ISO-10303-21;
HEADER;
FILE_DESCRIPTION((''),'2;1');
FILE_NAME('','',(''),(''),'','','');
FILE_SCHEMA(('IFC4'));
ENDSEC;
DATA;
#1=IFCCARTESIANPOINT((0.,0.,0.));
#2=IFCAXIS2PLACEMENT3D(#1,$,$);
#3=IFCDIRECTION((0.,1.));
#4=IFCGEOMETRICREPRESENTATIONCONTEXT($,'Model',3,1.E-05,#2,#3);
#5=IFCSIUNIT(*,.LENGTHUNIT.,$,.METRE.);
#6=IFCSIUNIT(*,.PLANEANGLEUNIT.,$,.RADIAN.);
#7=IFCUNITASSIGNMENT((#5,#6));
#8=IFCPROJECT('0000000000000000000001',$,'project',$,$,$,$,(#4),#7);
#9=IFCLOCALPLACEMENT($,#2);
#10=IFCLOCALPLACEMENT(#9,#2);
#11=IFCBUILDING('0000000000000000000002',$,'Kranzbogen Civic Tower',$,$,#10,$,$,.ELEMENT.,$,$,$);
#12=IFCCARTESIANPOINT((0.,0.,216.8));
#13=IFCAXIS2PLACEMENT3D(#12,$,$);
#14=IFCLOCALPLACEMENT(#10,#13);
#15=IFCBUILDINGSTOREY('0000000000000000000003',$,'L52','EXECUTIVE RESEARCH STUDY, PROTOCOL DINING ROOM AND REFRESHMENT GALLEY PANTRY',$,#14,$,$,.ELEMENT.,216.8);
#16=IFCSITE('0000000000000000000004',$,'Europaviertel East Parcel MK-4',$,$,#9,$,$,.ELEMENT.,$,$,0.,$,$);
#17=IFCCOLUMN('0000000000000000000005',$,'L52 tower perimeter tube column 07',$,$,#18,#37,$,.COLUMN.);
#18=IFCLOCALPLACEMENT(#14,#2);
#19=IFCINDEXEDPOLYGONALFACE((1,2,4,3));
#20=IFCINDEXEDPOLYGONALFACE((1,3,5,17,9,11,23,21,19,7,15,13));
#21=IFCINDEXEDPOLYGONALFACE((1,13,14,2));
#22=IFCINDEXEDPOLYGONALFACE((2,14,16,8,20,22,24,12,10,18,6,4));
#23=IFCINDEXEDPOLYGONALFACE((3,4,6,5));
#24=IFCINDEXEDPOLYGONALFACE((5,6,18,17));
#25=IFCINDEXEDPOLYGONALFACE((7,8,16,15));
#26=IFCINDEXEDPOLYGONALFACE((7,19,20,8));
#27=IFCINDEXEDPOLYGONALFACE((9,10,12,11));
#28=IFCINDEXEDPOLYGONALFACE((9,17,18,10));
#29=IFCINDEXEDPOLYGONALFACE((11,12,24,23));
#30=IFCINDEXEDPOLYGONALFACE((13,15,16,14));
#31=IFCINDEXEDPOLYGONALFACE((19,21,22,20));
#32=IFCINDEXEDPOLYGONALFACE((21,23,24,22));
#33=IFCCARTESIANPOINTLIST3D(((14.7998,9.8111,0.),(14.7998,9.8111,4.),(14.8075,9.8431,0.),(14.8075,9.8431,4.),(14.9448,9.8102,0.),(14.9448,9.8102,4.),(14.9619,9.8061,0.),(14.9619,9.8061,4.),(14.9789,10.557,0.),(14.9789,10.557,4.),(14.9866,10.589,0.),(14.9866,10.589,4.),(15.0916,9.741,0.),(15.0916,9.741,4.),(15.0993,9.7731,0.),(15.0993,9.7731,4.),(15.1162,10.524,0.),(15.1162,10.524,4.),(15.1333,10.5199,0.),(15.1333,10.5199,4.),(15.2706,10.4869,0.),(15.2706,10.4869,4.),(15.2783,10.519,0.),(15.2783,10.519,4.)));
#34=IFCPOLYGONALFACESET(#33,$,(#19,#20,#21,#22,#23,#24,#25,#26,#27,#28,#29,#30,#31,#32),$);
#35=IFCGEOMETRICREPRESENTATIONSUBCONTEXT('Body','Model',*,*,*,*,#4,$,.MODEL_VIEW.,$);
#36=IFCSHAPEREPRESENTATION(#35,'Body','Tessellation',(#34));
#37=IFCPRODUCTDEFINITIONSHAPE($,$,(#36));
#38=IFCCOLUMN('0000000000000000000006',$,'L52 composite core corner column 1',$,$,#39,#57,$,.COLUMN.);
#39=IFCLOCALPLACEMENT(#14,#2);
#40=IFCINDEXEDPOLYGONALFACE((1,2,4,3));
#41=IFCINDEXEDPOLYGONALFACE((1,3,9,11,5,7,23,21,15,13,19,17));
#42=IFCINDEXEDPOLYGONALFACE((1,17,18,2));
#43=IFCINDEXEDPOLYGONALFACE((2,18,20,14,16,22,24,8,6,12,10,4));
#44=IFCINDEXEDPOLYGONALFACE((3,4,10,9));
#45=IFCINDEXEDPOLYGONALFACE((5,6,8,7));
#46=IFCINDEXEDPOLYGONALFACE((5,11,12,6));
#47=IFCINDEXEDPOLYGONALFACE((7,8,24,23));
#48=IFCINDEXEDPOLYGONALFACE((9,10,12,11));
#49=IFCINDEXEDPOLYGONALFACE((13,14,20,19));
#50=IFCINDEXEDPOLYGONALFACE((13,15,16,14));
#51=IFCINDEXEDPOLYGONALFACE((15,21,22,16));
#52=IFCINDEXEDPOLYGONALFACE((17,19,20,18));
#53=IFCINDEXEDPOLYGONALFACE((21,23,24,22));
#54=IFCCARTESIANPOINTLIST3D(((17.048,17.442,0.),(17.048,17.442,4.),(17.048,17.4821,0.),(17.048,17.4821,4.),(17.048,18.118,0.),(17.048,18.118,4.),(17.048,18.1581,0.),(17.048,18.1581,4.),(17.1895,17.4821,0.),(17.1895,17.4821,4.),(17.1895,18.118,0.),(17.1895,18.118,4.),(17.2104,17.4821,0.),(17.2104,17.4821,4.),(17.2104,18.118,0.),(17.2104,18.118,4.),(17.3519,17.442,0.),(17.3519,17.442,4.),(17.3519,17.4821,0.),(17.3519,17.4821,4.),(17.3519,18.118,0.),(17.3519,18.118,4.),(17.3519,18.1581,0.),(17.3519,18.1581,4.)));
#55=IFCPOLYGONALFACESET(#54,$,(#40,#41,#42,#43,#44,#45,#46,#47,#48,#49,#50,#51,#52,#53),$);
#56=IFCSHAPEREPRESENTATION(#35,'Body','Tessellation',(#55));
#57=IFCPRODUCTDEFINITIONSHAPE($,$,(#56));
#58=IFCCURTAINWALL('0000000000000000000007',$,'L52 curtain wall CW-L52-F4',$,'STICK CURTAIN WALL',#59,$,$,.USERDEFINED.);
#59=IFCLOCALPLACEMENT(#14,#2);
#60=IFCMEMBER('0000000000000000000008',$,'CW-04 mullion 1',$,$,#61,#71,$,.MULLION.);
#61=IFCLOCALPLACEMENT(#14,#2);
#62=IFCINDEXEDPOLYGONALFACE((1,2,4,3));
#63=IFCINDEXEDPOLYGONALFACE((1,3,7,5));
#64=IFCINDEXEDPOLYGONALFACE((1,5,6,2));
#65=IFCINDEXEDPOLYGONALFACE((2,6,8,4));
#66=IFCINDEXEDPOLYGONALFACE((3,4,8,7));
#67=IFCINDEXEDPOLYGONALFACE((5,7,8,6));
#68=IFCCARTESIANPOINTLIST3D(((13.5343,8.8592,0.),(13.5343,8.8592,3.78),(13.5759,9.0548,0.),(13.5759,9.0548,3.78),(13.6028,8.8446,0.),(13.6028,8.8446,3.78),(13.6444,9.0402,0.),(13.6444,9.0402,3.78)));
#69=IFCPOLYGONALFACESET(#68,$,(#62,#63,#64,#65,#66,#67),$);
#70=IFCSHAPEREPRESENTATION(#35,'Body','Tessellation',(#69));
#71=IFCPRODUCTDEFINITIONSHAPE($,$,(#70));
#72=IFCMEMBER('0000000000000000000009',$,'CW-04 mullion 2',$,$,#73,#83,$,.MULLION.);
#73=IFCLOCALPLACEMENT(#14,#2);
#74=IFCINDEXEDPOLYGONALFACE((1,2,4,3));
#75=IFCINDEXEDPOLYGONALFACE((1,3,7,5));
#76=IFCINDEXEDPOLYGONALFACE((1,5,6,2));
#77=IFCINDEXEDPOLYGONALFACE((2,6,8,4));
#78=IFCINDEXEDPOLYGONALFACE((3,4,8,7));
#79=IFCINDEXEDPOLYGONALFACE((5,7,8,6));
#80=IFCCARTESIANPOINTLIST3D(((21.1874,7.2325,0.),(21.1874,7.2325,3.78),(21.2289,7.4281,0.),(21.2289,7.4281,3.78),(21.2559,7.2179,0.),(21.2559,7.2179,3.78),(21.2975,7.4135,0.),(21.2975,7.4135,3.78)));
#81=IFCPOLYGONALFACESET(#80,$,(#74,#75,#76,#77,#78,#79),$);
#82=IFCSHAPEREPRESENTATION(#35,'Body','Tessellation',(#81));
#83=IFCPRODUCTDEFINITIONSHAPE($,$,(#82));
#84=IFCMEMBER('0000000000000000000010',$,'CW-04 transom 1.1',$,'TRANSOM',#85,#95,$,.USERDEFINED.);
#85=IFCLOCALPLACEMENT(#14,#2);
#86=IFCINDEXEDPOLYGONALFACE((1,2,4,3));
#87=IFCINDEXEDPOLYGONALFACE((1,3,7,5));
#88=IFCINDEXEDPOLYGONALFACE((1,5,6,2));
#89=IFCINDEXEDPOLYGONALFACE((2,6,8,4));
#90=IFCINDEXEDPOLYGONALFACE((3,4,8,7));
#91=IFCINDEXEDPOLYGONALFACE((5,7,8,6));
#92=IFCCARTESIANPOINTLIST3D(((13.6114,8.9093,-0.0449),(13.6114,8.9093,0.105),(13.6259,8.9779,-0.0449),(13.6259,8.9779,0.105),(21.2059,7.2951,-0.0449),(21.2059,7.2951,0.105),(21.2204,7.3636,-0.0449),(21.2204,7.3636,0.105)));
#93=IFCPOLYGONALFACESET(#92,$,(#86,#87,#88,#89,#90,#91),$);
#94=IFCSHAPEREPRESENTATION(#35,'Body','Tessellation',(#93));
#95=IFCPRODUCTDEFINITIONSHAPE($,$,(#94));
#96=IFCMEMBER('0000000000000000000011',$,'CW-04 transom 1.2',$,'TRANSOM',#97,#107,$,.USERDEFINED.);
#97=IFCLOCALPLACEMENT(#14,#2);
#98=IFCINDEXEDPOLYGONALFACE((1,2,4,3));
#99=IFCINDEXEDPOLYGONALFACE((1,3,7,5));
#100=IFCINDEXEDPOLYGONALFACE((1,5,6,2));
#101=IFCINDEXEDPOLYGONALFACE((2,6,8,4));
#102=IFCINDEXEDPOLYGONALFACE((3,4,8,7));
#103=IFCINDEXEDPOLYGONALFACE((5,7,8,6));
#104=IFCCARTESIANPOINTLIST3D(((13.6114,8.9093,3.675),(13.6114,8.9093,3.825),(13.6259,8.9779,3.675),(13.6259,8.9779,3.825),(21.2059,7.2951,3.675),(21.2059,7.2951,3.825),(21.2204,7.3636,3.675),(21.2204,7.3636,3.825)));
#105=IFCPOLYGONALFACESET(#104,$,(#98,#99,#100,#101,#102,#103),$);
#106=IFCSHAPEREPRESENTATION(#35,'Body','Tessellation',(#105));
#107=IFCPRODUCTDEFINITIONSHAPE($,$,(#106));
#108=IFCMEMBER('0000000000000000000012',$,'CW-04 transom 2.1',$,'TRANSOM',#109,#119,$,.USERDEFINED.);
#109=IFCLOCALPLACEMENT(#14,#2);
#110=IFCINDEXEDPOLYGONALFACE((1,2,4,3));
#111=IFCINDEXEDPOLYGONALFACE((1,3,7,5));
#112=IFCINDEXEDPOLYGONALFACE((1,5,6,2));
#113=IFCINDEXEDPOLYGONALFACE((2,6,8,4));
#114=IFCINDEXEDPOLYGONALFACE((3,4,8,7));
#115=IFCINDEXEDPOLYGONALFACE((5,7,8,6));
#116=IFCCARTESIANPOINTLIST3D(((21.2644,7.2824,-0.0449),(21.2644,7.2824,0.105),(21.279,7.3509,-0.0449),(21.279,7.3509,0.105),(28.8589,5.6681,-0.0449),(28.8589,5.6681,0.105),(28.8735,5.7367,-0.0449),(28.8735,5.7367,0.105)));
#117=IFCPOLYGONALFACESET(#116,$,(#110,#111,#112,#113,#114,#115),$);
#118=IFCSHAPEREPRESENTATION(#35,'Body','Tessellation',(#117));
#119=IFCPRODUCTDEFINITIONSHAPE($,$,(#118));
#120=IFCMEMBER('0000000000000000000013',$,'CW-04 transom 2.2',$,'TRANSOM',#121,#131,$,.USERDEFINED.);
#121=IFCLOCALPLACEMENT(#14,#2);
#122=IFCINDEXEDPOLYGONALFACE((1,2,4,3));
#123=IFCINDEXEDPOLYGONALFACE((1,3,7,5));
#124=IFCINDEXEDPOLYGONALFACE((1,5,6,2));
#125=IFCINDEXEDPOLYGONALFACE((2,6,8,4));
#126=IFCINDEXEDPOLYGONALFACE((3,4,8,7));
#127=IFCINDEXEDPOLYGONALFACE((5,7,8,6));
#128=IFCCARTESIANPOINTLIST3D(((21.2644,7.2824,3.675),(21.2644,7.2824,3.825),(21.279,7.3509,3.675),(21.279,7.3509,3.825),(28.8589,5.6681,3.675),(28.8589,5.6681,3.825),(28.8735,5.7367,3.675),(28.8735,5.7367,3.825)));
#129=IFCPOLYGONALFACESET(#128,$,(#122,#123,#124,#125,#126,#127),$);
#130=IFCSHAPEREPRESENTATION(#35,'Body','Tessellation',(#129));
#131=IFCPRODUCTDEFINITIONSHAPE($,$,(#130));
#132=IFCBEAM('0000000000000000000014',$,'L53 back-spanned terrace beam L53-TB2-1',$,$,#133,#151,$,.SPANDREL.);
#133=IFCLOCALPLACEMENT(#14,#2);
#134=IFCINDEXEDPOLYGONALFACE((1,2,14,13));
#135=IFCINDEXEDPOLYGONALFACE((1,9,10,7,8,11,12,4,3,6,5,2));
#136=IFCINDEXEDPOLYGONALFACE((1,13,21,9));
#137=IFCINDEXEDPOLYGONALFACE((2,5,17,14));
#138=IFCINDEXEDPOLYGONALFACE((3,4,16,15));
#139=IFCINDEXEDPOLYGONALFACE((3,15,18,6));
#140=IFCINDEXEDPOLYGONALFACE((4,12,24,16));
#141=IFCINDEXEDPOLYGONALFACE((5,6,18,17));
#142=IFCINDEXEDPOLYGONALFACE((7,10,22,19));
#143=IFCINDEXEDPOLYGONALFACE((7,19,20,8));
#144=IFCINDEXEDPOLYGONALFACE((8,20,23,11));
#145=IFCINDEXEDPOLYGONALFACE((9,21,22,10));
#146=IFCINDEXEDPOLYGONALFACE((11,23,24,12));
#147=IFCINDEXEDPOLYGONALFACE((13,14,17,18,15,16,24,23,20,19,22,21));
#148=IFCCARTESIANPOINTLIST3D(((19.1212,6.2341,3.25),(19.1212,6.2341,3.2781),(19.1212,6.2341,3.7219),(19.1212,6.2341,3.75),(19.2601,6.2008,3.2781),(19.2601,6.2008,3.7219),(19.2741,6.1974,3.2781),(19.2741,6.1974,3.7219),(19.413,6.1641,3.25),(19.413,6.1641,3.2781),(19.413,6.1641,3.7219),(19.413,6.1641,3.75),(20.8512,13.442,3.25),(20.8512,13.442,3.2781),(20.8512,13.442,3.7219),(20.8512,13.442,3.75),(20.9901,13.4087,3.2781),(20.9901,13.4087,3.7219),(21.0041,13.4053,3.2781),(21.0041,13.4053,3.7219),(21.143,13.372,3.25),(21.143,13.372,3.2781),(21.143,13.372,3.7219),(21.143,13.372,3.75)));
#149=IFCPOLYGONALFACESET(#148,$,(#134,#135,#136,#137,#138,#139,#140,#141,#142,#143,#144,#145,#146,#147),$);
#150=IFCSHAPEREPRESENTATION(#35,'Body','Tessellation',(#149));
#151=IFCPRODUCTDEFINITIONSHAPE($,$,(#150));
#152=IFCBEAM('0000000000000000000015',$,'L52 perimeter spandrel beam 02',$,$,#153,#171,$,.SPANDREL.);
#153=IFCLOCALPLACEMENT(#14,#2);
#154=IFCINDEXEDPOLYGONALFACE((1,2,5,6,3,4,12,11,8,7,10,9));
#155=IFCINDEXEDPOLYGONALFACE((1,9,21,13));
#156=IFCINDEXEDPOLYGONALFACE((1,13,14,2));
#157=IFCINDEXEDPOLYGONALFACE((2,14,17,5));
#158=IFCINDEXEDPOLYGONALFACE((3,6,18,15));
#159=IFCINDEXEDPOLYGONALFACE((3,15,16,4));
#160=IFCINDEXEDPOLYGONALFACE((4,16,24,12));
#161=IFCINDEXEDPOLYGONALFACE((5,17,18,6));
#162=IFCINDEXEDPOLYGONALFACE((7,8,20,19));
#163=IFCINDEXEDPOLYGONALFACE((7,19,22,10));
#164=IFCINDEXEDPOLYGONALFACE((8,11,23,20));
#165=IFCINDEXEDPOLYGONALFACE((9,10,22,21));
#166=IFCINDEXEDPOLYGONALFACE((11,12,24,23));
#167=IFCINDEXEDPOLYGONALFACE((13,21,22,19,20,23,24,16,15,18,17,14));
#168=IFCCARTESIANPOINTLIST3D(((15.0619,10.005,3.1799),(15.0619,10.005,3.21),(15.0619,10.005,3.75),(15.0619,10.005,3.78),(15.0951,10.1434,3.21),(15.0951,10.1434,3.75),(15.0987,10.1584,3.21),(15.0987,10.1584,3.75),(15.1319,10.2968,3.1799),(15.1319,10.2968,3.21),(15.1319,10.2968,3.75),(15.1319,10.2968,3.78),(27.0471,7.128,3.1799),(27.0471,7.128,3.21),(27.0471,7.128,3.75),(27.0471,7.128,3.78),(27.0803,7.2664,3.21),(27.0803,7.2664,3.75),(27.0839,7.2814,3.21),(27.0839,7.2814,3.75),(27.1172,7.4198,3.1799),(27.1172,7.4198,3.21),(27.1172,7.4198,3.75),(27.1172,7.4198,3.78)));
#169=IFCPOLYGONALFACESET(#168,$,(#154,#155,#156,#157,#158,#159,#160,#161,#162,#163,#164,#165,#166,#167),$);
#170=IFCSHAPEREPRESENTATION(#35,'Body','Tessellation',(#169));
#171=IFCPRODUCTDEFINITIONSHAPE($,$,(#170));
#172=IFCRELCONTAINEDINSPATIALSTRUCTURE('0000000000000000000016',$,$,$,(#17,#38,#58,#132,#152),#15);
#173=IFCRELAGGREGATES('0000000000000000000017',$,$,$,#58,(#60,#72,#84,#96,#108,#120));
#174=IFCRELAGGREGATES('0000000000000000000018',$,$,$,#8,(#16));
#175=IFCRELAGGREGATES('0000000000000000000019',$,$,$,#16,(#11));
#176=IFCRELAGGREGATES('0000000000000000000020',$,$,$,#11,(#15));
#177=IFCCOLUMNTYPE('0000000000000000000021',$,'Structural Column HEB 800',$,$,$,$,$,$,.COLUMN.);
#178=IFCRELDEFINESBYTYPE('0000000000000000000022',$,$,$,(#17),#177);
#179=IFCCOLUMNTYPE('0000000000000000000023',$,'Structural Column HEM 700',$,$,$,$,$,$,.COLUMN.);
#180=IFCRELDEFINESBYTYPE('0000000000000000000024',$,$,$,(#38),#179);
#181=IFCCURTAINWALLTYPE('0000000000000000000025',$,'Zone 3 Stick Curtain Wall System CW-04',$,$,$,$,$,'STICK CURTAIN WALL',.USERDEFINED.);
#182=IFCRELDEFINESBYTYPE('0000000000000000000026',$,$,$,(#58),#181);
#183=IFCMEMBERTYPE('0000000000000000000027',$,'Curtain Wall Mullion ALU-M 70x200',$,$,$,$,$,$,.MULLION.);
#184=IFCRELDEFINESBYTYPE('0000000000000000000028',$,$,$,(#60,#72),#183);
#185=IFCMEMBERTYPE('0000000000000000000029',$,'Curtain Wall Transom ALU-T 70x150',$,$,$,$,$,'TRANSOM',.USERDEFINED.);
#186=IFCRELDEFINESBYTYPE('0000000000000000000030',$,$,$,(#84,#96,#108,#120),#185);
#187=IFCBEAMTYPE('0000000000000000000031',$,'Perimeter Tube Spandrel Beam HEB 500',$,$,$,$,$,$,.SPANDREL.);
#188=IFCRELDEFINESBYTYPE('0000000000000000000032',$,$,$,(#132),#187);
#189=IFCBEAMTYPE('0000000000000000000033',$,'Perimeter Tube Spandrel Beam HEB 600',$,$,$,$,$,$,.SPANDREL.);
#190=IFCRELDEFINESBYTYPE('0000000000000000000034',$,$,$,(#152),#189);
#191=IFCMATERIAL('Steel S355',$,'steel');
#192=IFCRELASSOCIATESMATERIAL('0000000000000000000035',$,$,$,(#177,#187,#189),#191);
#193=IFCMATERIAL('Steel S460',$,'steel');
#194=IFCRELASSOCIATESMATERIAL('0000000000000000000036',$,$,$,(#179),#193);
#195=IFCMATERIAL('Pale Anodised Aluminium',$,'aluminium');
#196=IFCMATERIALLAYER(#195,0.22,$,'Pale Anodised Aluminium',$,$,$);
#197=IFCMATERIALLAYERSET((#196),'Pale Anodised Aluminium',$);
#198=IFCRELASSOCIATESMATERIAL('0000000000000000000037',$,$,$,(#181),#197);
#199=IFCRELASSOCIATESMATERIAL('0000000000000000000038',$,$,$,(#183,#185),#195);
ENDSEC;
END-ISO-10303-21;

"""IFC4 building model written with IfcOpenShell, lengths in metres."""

from ifc_helpers import new_model, si_unit, direction, frame, origin, origin_2d, place, context, subcontext, project, spatial, rectangle, i_section, extrude, material, layer, layer_set, material_profile, profile_set, type_object, element, aggregate, save


model = new_model("IFC4")

# Units and contexts
model_context = context("Model", 3, precision=1e-05, world=origin(), true_north=direction((0.0, 1.0)))
body_context = subcontext(model_context, "Body", "Model", "MODEL_VIEW")
ifc_project = project(units=[si_unit("LENGTHUNIT", "METRE"), si_unit("PLANEANGLEUNIT", "RADIAN")], contexts=[model_context])

# Site, building, storey
site_placement = place(None, origin())
site = spatial("IfcSite", under=ifc_project, at=site_placement, Name="Europaviertel East Parcel MK-4", CompositionType="ELEMENT", RefElevation=0.0)
building_placement = place(site_placement, origin())
building = spatial("IfcBuilding", under=site, at=building_placement, Name="Kranzbogen Civic Tower", CompositionType="ELEMENT")
storey_placement = place(building_placement, frame((0.0, 0.0, 216.8)))
storey = spatial("IfcBuildingStorey", under=building, at=storey_placement, Name="L52", Description="EXECUTIVE RESEARCH STUDY, PROTOCOL DINING ROOM AND REFRESHMENT GALLEY PANTRY", CompositionType="ELEMENT", Elevation=216.8)

# Columns
ifc_material_1 = material(Name="Steel S355", Category="steel")
ifc_material_profile_1 = material_profile(ifc_material_1, i_section(OverallWidth=0.3, OverallDepth=0.8, WebThickness=0.0176, FlangeThickness=0.033, at=origin_2d()), Name="HEB 800")
ifc_profile_set_1 = profile_set([ifc_material_profile_1], Name="Steel S355")
column_type_1 = type_object("IfcColumnType", Name="Structural Column HEB 800", PredefinedType="COLUMN", material=ifc_profile_set_1)
column_1_placement = place(storey_placement, frame((15.0391, 10.165, 0.0), z_axis=(0.0, 0.0, 1.0), x_axis=(-0.97237, 0.233445, 0.0)))
element("IfcColumn", 1, at=column_1_placement, inside=storey, type_object=column_type_1, Name="L52 tower perimeter tube column 07", PredefinedType="COLUMN", context=body_context, shape_type="SweptSolid", body=[
    extrude(i_section(OverallWidth=0.3, OverallDepth=0.8, WebThickness=0.0176, FlangeThickness=0.033, at=origin_2d()), origin(), (0.0, 0.0, 1.0), 4.0),
])
ifc_material_2 = material(Name="Steel S460", Category="steel")
ifc_material_profile_2 = material_profile(ifc_material_2, i_section(OverallWidth=0.304, OverallDepth=0.7161, WebThickness=0.021, FlangeThickness=0.04, at=origin_2d()), Name="HEM 700")
ifc_profile_set_2 = profile_set([ifc_material_profile_2], Name="Steel S460")
column_type_2 = type_object("IfcColumnType", Name="Structural Column HEM 700", PredefinedType="COLUMN", material=ifc_profile_set_2)
column_2_placement = place(storey_placement, frame((17.2, 17.8, 0.0), z_axis=(0.0, 0.0, 1.0), x_axis=(1.0, 0.0, 0.0)))
element("IfcColumn", 2, at=column_2_placement, inside=storey, type_object=column_type_2, Name="L52 composite core corner column 1", PredefinedType="COLUMN", context=body_context, shape_type="SweptSolid", body=[
    extrude(i_section(OverallWidth=0.304, OverallDepth=0.7161, WebThickness=0.021, FlangeThickness=0.04, at=origin_2d()), origin(), (0.0, 0.0, 1.0), 4.0),
])

# Curtain wall, members
ifc_material_3 = material(Name="Pale Anodised Aluminium", Category="aluminium")
ifc_layer_1 = layer(ifc_material_3, 0.22, Name="Pale Anodised Aluminium")
ifc_layer_set_1 = layer_set([ifc_layer_1], Name="Pale Anodised Aluminium")
curtain_wall_type = type_object("IfcCurtainWallType", Name="Zone 3 Stick Curtain Wall System CW-04", ElementType="STICK CURTAIN WALL", PredefinedType="USERDEFINED", material=ifc_layer_set_1)
curtain_wall_placement = place(storey_placement, origin())
curtain_wall = element("IfcCurtainWall", 3, at=curtain_wall_placement, inside=storey, type_object=curtain_wall_type, Name="L52 curtain wall CW-L52-F4", ObjectType="STICK CURTAIN WALL", PredefinedType="USERDEFINED")
ifc_material_profile_3 = material_profile(ifc_material_3, rectangle(XDim=0.0701, YDim=0.2, at=origin_2d()), Name="ALU-M 70x200")
ifc_profile_set_3 = profile_set([ifc_material_profile_3], Name="Pale Anodised Aluminium")
member_type_1 = type_object("IfcMemberType", Name="Curtain Wall Mullion ALU-M 70x200", PredefinedType="MULLION", material=ifc_profile_set_3)
member_1_placement = place(storey_placement, frame((13.5894, 8.9497, 0.0), z_axis=(0.0, 0.0, 1.0), x_axis=(0.978147, -0.207916, 0.0)))
member_1 = element("IfcMember", 4, at=member_1_placement, type_object=member_type_1, Name="CW-04 mullion 1", PredefinedType="MULLION", context=body_context, shape_type="SweptSolid", body=[
    extrude(rectangle(XDim=0.0701, YDim=0.2, at=origin_2d()), origin(), (0.0, 0.0, 1.0), 3.78),
])
member_2_placement = place(storey_placement, frame((21.2424, 7.323, 0.0), z_axis=(0.0, 0.0, 1.0), x_axis=(0.978147, -0.207916, 0.0)))
member_2 = element("IfcMember", 5, at=member_2_placement, type_object=member_type_1, Name="CW-04 mullion 2", PredefinedType="MULLION", context=body_context, shape_type="SweptSolid", body=[
    extrude(rectangle(XDim=0.0701, YDim=0.2, at=origin_2d()), origin(), (0.0, 0.0, 1.0), 3.78),
])
ifc_material_profile_4 = material_profile(ifc_material_3, rectangle(XDim=0.0701, YDim=0.1499, at=origin_2d()), Name="ALU-T 70x150")
ifc_profile_set_4 = profile_set([ifc_material_profile_4], Name="Pale Anodised Aluminium")
member_type_2 = type_object("IfcMemberType", Name="Curtain Wall Transom ALU-T 70x150", ElementType="TRANSOM", PredefinedType="USERDEFINED", material=ifc_profile_set_4)
member_3_placement = place(storey_placement, frame((13.6187, 8.9436, 0.03), z_axis=(0.978148, -0.207912, 0.0), x_axis=(0.207912, 0.978148, 0.0)))
member_3 = element("IfcMember", 6, at=member_3_placement, type_object=member_type_2, Name="CW-04 transom 1.1", ObjectType="TRANSOM", PredefinedType="USERDEFINED", context=body_context, shape_type="SweptSolid", body=[
    extrude(rectangle(XDim=0.0701, YDim=0.1499, at=origin_2d()), origin(), (0.0, 0.0, 1.0), 7.7642),
])
member_4_placement = place(storey_placement, frame((13.6187, 8.9436, 3.75), z_axis=(0.978148, -0.207912, 0.0), x_axis=(0.207912, 0.978148, 0.0)))
member_4 = element("IfcMember", 7, at=member_4_placement, type_object=member_type_2, Name="CW-04 transom 1.2", ObjectType="TRANSOM", PredefinedType="USERDEFINED", context=body_context, shape_type="SweptSolid", body=[
    extrude(rectangle(XDim=0.0701, YDim=0.1499, at=origin_2d()), origin(), (0.0, 0.0, 1.0), 7.7642),
])
member_5_placement = place(storey_placement, frame((21.2717, 7.3167, 0.03), z_axis=(0.978148, -0.207912, 0.0), x_axis=(0.207912, 0.978148, 0.0)))
member_5 = element("IfcMember", 8, at=member_5_placement, type_object=member_type_2, Name="CW-04 transom 2.1", ObjectType="TRANSOM", PredefinedType="USERDEFINED", context=body_context, shape_type="SweptSolid", body=[
    extrude(rectangle(XDim=0.0701, YDim=0.1499, at=origin_2d()), origin(), (0.0, 0.0, 1.0), 7.7642),
])
member_6_placement = place(storey_placement, frame((21.2717, 7.3167, 3.75), z_axis=(0.978148, -0.207912, 0.0), x_axis=(0.207912, 0.978148, 0.0)))
member_6 = element("IfcMember", 9, at=member_6_placement, type_object=member_type_2, Name="CW-04 transom 2.2", ObjectType="TRANSOM", PredefinedType="USERDEFINED", context=body_context, shape_type="SweptSolid", body=[
    extrude(rectangle(XDim=0.0701, YDim=0.1499, at=origin_2d()), origin(), (0.0, 0.0, 1.0), 7.7642),
])

# Beams
ifc_material_profile_5 = material_profile(ifc_material_1, i_section(OverallWidth=0.3, OverallDepth=0.5, WebThickness=0.0144, FlangeThickness=0.0281, at=origin_2d()), Name="HEB 500")
ifc_profile_set_5 = profile_set([ifc_material_profile_5], Name="Steel S355")
beam_type_1 = type_object("IfcBeamType", Name="Perimeter Tube Spandrel Beam HEB 500", PredefinedType="SPANDREL", material=ifc_profile_set_5)
beam_1_placement = place(storey_placement, frame((20.9971, 13.407, 3.5), z_axis=(-0.23338, -0.972386, 0.0), x_axis=(0.972386, -0.23338, 0.0)))
element("IfcBeam", 10, at=beam_1_placement, inside=storey, type_object=beam_type_1, Name="L53 back-spanned terrace beam L53-TB2-1", PredefinedType="SPANDREL", context=body_context, shape_type="SweptSolid", body=[
    extrude(i_section(OverallWidth=0.3, OverallDepth=0.5, WebThickness=0.0144, FlangeThickness=0.0281, at=origin_2d()), origin(), (0.0, 0.0, 1.0), 7.4126),
])
ifc_material_profile_6 = material_profile(ifc_material_1, i_section(OverallWidth=0.3, OverallDepth=0.6001, WebThickness=0.0154, FlangeThickness=0.03, at=origin_2d()), Name="HEB 600")
ifc_profile_set_6 = profile_set([ifc_material_profile_6], Name="Steel S355")
beam_type_2 = type_object("IfcBeamType", Name="Perimeter Tube Spandrel Beam HEB 600", PredefinedType="SPANDREL", material=ifc_profile_set_6)
beam_2_placement = place(storey_placement, frame((15.0969, 10.1509, 3.48), z_axis=(0.972378, -0.233413, 0.0), x_axis=(0.233413, 0.972378, 0.0)))
element("IfcBeam", 11, at=beam_2_placement, inside=storey, type_object=beam_type_2, Name="L52 perimeter spandrel beam 02", PredefinedType="SPANDREL", context=body_context, shape_type="SweptSolid", body=[
    extrude(i_section(OverallWidth=0.3, OverallDepth=0.6001, WebThickness=0.0154, FlangeThickness=0.03, at=origin_2d()), origin(), (0.0, 0.0, 1.0), 12.3257),
])

aggregate(curtain_wall, [member_1, member_2, member_3, member_4, member_5, member_6])

save(model, "model.ifc")
